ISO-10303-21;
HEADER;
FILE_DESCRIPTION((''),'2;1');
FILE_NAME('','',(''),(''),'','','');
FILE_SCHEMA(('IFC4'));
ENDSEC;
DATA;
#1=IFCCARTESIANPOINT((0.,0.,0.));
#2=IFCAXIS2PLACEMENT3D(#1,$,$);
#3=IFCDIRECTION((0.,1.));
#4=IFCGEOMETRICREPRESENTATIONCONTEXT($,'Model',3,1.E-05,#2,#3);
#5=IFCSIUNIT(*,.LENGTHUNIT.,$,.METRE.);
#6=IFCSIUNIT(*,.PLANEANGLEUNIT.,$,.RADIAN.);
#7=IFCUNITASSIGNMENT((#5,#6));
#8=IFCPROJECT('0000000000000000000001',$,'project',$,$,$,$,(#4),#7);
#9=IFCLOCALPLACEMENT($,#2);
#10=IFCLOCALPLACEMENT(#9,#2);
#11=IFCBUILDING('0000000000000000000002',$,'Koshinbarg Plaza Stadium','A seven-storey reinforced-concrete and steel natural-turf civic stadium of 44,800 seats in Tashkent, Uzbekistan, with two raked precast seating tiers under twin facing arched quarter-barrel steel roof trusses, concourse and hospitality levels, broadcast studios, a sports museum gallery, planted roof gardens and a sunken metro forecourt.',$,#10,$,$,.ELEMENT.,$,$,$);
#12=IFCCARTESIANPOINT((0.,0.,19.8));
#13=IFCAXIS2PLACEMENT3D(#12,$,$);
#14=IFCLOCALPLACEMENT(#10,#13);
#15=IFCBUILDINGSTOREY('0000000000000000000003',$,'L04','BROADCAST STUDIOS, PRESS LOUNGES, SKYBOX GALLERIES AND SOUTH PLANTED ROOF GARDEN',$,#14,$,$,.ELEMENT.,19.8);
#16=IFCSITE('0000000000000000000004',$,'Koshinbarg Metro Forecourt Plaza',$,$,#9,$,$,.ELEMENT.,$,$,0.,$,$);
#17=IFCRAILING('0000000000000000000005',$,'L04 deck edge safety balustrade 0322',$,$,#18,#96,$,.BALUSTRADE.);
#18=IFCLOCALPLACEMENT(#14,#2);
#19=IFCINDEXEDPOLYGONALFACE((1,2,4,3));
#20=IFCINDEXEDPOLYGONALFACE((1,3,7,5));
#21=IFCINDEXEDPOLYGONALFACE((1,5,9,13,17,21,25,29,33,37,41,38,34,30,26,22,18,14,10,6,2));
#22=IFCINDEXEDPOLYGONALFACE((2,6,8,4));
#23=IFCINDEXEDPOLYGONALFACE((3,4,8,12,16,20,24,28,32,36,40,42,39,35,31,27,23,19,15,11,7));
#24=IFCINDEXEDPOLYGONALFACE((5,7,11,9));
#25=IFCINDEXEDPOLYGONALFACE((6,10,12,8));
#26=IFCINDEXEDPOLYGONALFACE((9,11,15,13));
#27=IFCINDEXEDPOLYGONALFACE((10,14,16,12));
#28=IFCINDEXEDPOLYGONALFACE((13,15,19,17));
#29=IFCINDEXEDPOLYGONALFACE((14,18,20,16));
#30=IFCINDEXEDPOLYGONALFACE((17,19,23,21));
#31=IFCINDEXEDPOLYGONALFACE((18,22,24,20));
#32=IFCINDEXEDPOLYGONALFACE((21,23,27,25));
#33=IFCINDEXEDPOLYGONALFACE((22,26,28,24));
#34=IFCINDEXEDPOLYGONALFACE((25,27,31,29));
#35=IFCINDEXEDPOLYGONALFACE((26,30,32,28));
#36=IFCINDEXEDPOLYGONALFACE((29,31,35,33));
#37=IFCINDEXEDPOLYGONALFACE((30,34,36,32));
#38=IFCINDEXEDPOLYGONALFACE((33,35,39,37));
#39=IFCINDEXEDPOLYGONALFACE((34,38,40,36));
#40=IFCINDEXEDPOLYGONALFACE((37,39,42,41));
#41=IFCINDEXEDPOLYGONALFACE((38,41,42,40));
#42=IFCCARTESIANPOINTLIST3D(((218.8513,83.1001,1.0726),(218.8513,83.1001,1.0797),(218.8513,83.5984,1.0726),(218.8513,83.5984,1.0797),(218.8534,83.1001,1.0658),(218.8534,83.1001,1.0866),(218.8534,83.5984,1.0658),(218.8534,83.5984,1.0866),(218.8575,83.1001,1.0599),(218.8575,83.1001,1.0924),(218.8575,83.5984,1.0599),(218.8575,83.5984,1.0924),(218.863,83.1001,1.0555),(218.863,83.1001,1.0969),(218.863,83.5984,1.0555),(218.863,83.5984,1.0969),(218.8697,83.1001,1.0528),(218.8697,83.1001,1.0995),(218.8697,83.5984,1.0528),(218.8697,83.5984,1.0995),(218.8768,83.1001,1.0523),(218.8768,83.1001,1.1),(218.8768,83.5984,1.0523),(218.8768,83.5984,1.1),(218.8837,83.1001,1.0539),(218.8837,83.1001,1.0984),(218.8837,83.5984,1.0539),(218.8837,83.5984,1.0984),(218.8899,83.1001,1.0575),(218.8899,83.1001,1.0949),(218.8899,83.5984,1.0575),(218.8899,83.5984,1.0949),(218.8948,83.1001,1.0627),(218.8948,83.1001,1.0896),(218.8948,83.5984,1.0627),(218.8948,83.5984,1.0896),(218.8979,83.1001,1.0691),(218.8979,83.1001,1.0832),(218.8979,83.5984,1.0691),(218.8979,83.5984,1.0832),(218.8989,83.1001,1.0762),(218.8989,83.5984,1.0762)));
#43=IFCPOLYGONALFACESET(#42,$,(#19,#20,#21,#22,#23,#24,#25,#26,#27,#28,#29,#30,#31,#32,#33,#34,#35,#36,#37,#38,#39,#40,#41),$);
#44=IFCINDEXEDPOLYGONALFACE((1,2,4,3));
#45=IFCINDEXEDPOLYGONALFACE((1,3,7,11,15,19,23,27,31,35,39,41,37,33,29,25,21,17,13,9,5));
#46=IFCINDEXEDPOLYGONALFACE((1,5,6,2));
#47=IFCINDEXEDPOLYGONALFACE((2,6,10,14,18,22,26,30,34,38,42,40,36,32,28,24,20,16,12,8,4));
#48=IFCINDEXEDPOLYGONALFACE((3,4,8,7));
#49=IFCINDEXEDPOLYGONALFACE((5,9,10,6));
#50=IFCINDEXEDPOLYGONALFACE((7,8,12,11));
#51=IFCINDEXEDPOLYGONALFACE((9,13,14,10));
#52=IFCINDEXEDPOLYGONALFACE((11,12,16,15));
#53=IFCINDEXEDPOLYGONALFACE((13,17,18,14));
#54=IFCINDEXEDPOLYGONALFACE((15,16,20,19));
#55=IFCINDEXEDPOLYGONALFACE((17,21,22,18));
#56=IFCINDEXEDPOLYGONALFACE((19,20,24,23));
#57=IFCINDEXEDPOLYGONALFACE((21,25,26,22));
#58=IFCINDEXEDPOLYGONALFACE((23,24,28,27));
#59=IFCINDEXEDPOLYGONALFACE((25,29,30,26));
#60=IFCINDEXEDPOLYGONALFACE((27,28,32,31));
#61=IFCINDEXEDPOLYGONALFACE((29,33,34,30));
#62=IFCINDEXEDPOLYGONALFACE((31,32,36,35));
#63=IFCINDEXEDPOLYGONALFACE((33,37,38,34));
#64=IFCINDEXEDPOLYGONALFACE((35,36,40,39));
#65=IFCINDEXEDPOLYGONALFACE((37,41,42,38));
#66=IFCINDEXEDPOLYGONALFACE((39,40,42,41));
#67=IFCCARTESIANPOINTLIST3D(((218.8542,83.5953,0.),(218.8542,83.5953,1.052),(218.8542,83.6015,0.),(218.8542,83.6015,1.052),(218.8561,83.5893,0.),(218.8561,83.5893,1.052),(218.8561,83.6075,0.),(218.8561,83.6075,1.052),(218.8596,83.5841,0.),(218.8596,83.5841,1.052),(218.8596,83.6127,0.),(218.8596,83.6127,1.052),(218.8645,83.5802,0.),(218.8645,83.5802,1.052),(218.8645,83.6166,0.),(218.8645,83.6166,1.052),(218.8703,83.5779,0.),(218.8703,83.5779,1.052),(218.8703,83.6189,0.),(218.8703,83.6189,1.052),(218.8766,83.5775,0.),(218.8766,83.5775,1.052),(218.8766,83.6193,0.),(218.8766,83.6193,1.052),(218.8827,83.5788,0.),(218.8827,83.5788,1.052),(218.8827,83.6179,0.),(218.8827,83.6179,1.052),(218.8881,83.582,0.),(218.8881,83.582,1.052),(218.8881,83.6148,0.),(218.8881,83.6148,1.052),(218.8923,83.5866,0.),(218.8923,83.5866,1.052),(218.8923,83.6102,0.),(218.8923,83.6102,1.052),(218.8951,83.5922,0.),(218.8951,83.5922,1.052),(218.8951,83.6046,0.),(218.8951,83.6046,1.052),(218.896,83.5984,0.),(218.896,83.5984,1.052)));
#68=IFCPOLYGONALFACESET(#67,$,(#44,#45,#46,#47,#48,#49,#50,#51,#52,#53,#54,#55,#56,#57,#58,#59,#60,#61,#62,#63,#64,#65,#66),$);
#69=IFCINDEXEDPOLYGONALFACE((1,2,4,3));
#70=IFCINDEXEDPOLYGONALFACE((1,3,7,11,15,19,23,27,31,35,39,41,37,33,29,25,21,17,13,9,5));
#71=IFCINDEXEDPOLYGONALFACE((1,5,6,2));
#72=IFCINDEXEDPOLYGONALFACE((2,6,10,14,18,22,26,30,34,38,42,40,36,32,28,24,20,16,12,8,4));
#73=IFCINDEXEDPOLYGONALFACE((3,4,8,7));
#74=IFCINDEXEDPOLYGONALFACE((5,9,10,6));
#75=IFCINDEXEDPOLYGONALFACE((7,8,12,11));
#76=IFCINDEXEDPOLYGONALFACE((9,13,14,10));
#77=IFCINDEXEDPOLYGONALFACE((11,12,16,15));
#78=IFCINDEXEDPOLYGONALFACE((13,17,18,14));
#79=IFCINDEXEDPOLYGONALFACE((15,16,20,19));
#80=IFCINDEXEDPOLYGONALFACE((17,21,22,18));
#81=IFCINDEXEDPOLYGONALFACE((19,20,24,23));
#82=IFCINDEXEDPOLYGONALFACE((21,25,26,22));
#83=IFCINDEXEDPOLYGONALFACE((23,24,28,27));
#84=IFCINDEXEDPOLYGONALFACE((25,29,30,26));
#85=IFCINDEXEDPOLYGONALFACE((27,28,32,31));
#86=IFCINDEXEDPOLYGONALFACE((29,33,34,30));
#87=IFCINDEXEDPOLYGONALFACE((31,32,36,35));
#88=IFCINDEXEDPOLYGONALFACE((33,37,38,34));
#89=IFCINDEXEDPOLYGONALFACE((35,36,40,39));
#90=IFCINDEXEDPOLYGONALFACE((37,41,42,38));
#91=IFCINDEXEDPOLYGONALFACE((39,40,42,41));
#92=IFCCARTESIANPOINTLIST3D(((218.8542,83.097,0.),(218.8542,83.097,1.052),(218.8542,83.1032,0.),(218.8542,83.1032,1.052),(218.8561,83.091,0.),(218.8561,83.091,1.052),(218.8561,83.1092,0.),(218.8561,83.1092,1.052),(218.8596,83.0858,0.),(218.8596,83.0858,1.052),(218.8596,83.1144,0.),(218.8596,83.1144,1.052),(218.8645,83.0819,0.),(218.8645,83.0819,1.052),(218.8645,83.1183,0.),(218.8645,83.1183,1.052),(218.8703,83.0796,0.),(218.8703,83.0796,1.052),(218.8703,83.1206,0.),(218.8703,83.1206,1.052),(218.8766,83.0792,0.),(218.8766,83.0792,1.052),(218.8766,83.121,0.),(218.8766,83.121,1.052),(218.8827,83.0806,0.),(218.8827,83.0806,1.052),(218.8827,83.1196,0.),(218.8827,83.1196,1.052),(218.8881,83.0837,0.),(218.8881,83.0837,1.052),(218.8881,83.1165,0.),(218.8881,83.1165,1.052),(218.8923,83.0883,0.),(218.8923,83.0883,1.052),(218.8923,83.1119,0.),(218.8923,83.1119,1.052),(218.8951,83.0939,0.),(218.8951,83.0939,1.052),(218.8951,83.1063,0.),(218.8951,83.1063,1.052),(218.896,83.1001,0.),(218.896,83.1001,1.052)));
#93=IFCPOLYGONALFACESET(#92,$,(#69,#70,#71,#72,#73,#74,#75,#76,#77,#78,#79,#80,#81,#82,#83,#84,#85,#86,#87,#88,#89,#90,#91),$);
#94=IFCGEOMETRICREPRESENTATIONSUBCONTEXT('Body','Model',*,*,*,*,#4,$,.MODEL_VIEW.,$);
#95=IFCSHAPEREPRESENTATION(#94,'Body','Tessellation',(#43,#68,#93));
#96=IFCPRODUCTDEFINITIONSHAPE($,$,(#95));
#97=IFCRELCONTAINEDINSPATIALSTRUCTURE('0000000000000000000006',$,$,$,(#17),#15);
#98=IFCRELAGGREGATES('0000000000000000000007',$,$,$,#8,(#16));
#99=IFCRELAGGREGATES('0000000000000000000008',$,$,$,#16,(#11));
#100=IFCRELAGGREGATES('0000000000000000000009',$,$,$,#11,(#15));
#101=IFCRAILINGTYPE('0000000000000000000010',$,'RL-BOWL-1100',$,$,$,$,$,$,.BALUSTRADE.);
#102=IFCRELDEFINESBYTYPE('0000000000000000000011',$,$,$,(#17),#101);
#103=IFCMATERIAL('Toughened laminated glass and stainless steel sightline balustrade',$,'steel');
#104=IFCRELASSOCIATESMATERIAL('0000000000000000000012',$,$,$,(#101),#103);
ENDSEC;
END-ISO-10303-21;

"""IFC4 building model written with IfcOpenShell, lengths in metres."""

from ifc_helpers import new_model, si_unit, direction, frame, origin, origin_2d, place, context, subcontext, project, spatial, circle, extrude, material, type_object, element, save


model = new_model("IFC4")

# Units and contexts
model_context = context("Model", 3, precision=1e-05, world=origin(), true_north=direction((0.0, 1.0)))
body_context = subcontext(model_context, "Body", "Model", "MODEL_VIEW")
ifc_project = project(units=[si_unit("LENGTHUNIT", "METRE"), si_unit("PLANEANGLEUNIT", "RADIAN")], contexts=[model_context])

# Site, building, storey
site_placement = place(None, origin())
site = spatial("IfcSite", under=ifc_project, at=site_placement, Name="Koshinbarg Metro Forecourt Plaza", CompositionType="ELEMENT", RefElevation=0.0)
building_placement = place(site_placement, origin())
building = spatial("IfcBuilding", under=site, at=building_placement, Name="Koshinbarg Plaza Stadium", Description="A seven-storey reinforced-concrete and steel natural-turf civic stadium of 44,800 seats in Tashkent, Uzbekistan, with two raked precast seating tiers under twin facing arched quarter-barrel steel roof trusses, concourse and hospitality levels, broadcast studios, a sports museum gallery, planted roof gardens and a sunken metro forecourt.", CompositionType="ELEMENT")
storey_placement = place(building_placement, frame((0.0, 0.0, 19.8)))
storey = spatial("IfcBuildingStorey", under=building, at=storey_placement, Name="L04", Description="BROADCAST STUDIOS, PRESS LOUNGES, SKYBOX GALLERIES AND SOUTH PLANTED ROOF GARDEN", CompositionType="ELEMENT", Elevation=19.8)

# Railing
ifc_material_1 = material(Name="Toughened laminated glass and stainless steel sightline balustrade", Category="steel")
railing_type_1 = type_object("IfcRailingType", Name="RL-BOWL-1100", PredefinedType="BALUSTRADE", material=ifc_material_1)
railing_1_placement = place(storey_placement, frame((218.875, 83.5984, 0.0)))
element("IfcRailing", 1, at=railing_1_placement, inside=storey, type_object=railing_type_1, Name="L04 deck edge safety balustrade 0322", PredefinedType="BALUSTRADE", context=body_context, shape_type="SweptSolid", body=[
    extrude(circle(Radius=0.0239, at=origin_2d()), frame((0.0, 0.0, 1.0762), z_axis=(0.0, -1.0, 0.0), x_axis=(1.0, 0.0, 0.0)), (0.0, 0.0, 1.0), 0.4983),
    extrude(circle(Radius=0.021, at=origin_2d()), origin(), (0.0, 0.0, 1.0), 1.052),
    extrude(circle(Radius=0.021, at=origin_2d()), frame((0.0, -0.4983, 0.0)), (0.0, 0.0, 1.0), 1.052),
])

save(model, "model.ifc")
